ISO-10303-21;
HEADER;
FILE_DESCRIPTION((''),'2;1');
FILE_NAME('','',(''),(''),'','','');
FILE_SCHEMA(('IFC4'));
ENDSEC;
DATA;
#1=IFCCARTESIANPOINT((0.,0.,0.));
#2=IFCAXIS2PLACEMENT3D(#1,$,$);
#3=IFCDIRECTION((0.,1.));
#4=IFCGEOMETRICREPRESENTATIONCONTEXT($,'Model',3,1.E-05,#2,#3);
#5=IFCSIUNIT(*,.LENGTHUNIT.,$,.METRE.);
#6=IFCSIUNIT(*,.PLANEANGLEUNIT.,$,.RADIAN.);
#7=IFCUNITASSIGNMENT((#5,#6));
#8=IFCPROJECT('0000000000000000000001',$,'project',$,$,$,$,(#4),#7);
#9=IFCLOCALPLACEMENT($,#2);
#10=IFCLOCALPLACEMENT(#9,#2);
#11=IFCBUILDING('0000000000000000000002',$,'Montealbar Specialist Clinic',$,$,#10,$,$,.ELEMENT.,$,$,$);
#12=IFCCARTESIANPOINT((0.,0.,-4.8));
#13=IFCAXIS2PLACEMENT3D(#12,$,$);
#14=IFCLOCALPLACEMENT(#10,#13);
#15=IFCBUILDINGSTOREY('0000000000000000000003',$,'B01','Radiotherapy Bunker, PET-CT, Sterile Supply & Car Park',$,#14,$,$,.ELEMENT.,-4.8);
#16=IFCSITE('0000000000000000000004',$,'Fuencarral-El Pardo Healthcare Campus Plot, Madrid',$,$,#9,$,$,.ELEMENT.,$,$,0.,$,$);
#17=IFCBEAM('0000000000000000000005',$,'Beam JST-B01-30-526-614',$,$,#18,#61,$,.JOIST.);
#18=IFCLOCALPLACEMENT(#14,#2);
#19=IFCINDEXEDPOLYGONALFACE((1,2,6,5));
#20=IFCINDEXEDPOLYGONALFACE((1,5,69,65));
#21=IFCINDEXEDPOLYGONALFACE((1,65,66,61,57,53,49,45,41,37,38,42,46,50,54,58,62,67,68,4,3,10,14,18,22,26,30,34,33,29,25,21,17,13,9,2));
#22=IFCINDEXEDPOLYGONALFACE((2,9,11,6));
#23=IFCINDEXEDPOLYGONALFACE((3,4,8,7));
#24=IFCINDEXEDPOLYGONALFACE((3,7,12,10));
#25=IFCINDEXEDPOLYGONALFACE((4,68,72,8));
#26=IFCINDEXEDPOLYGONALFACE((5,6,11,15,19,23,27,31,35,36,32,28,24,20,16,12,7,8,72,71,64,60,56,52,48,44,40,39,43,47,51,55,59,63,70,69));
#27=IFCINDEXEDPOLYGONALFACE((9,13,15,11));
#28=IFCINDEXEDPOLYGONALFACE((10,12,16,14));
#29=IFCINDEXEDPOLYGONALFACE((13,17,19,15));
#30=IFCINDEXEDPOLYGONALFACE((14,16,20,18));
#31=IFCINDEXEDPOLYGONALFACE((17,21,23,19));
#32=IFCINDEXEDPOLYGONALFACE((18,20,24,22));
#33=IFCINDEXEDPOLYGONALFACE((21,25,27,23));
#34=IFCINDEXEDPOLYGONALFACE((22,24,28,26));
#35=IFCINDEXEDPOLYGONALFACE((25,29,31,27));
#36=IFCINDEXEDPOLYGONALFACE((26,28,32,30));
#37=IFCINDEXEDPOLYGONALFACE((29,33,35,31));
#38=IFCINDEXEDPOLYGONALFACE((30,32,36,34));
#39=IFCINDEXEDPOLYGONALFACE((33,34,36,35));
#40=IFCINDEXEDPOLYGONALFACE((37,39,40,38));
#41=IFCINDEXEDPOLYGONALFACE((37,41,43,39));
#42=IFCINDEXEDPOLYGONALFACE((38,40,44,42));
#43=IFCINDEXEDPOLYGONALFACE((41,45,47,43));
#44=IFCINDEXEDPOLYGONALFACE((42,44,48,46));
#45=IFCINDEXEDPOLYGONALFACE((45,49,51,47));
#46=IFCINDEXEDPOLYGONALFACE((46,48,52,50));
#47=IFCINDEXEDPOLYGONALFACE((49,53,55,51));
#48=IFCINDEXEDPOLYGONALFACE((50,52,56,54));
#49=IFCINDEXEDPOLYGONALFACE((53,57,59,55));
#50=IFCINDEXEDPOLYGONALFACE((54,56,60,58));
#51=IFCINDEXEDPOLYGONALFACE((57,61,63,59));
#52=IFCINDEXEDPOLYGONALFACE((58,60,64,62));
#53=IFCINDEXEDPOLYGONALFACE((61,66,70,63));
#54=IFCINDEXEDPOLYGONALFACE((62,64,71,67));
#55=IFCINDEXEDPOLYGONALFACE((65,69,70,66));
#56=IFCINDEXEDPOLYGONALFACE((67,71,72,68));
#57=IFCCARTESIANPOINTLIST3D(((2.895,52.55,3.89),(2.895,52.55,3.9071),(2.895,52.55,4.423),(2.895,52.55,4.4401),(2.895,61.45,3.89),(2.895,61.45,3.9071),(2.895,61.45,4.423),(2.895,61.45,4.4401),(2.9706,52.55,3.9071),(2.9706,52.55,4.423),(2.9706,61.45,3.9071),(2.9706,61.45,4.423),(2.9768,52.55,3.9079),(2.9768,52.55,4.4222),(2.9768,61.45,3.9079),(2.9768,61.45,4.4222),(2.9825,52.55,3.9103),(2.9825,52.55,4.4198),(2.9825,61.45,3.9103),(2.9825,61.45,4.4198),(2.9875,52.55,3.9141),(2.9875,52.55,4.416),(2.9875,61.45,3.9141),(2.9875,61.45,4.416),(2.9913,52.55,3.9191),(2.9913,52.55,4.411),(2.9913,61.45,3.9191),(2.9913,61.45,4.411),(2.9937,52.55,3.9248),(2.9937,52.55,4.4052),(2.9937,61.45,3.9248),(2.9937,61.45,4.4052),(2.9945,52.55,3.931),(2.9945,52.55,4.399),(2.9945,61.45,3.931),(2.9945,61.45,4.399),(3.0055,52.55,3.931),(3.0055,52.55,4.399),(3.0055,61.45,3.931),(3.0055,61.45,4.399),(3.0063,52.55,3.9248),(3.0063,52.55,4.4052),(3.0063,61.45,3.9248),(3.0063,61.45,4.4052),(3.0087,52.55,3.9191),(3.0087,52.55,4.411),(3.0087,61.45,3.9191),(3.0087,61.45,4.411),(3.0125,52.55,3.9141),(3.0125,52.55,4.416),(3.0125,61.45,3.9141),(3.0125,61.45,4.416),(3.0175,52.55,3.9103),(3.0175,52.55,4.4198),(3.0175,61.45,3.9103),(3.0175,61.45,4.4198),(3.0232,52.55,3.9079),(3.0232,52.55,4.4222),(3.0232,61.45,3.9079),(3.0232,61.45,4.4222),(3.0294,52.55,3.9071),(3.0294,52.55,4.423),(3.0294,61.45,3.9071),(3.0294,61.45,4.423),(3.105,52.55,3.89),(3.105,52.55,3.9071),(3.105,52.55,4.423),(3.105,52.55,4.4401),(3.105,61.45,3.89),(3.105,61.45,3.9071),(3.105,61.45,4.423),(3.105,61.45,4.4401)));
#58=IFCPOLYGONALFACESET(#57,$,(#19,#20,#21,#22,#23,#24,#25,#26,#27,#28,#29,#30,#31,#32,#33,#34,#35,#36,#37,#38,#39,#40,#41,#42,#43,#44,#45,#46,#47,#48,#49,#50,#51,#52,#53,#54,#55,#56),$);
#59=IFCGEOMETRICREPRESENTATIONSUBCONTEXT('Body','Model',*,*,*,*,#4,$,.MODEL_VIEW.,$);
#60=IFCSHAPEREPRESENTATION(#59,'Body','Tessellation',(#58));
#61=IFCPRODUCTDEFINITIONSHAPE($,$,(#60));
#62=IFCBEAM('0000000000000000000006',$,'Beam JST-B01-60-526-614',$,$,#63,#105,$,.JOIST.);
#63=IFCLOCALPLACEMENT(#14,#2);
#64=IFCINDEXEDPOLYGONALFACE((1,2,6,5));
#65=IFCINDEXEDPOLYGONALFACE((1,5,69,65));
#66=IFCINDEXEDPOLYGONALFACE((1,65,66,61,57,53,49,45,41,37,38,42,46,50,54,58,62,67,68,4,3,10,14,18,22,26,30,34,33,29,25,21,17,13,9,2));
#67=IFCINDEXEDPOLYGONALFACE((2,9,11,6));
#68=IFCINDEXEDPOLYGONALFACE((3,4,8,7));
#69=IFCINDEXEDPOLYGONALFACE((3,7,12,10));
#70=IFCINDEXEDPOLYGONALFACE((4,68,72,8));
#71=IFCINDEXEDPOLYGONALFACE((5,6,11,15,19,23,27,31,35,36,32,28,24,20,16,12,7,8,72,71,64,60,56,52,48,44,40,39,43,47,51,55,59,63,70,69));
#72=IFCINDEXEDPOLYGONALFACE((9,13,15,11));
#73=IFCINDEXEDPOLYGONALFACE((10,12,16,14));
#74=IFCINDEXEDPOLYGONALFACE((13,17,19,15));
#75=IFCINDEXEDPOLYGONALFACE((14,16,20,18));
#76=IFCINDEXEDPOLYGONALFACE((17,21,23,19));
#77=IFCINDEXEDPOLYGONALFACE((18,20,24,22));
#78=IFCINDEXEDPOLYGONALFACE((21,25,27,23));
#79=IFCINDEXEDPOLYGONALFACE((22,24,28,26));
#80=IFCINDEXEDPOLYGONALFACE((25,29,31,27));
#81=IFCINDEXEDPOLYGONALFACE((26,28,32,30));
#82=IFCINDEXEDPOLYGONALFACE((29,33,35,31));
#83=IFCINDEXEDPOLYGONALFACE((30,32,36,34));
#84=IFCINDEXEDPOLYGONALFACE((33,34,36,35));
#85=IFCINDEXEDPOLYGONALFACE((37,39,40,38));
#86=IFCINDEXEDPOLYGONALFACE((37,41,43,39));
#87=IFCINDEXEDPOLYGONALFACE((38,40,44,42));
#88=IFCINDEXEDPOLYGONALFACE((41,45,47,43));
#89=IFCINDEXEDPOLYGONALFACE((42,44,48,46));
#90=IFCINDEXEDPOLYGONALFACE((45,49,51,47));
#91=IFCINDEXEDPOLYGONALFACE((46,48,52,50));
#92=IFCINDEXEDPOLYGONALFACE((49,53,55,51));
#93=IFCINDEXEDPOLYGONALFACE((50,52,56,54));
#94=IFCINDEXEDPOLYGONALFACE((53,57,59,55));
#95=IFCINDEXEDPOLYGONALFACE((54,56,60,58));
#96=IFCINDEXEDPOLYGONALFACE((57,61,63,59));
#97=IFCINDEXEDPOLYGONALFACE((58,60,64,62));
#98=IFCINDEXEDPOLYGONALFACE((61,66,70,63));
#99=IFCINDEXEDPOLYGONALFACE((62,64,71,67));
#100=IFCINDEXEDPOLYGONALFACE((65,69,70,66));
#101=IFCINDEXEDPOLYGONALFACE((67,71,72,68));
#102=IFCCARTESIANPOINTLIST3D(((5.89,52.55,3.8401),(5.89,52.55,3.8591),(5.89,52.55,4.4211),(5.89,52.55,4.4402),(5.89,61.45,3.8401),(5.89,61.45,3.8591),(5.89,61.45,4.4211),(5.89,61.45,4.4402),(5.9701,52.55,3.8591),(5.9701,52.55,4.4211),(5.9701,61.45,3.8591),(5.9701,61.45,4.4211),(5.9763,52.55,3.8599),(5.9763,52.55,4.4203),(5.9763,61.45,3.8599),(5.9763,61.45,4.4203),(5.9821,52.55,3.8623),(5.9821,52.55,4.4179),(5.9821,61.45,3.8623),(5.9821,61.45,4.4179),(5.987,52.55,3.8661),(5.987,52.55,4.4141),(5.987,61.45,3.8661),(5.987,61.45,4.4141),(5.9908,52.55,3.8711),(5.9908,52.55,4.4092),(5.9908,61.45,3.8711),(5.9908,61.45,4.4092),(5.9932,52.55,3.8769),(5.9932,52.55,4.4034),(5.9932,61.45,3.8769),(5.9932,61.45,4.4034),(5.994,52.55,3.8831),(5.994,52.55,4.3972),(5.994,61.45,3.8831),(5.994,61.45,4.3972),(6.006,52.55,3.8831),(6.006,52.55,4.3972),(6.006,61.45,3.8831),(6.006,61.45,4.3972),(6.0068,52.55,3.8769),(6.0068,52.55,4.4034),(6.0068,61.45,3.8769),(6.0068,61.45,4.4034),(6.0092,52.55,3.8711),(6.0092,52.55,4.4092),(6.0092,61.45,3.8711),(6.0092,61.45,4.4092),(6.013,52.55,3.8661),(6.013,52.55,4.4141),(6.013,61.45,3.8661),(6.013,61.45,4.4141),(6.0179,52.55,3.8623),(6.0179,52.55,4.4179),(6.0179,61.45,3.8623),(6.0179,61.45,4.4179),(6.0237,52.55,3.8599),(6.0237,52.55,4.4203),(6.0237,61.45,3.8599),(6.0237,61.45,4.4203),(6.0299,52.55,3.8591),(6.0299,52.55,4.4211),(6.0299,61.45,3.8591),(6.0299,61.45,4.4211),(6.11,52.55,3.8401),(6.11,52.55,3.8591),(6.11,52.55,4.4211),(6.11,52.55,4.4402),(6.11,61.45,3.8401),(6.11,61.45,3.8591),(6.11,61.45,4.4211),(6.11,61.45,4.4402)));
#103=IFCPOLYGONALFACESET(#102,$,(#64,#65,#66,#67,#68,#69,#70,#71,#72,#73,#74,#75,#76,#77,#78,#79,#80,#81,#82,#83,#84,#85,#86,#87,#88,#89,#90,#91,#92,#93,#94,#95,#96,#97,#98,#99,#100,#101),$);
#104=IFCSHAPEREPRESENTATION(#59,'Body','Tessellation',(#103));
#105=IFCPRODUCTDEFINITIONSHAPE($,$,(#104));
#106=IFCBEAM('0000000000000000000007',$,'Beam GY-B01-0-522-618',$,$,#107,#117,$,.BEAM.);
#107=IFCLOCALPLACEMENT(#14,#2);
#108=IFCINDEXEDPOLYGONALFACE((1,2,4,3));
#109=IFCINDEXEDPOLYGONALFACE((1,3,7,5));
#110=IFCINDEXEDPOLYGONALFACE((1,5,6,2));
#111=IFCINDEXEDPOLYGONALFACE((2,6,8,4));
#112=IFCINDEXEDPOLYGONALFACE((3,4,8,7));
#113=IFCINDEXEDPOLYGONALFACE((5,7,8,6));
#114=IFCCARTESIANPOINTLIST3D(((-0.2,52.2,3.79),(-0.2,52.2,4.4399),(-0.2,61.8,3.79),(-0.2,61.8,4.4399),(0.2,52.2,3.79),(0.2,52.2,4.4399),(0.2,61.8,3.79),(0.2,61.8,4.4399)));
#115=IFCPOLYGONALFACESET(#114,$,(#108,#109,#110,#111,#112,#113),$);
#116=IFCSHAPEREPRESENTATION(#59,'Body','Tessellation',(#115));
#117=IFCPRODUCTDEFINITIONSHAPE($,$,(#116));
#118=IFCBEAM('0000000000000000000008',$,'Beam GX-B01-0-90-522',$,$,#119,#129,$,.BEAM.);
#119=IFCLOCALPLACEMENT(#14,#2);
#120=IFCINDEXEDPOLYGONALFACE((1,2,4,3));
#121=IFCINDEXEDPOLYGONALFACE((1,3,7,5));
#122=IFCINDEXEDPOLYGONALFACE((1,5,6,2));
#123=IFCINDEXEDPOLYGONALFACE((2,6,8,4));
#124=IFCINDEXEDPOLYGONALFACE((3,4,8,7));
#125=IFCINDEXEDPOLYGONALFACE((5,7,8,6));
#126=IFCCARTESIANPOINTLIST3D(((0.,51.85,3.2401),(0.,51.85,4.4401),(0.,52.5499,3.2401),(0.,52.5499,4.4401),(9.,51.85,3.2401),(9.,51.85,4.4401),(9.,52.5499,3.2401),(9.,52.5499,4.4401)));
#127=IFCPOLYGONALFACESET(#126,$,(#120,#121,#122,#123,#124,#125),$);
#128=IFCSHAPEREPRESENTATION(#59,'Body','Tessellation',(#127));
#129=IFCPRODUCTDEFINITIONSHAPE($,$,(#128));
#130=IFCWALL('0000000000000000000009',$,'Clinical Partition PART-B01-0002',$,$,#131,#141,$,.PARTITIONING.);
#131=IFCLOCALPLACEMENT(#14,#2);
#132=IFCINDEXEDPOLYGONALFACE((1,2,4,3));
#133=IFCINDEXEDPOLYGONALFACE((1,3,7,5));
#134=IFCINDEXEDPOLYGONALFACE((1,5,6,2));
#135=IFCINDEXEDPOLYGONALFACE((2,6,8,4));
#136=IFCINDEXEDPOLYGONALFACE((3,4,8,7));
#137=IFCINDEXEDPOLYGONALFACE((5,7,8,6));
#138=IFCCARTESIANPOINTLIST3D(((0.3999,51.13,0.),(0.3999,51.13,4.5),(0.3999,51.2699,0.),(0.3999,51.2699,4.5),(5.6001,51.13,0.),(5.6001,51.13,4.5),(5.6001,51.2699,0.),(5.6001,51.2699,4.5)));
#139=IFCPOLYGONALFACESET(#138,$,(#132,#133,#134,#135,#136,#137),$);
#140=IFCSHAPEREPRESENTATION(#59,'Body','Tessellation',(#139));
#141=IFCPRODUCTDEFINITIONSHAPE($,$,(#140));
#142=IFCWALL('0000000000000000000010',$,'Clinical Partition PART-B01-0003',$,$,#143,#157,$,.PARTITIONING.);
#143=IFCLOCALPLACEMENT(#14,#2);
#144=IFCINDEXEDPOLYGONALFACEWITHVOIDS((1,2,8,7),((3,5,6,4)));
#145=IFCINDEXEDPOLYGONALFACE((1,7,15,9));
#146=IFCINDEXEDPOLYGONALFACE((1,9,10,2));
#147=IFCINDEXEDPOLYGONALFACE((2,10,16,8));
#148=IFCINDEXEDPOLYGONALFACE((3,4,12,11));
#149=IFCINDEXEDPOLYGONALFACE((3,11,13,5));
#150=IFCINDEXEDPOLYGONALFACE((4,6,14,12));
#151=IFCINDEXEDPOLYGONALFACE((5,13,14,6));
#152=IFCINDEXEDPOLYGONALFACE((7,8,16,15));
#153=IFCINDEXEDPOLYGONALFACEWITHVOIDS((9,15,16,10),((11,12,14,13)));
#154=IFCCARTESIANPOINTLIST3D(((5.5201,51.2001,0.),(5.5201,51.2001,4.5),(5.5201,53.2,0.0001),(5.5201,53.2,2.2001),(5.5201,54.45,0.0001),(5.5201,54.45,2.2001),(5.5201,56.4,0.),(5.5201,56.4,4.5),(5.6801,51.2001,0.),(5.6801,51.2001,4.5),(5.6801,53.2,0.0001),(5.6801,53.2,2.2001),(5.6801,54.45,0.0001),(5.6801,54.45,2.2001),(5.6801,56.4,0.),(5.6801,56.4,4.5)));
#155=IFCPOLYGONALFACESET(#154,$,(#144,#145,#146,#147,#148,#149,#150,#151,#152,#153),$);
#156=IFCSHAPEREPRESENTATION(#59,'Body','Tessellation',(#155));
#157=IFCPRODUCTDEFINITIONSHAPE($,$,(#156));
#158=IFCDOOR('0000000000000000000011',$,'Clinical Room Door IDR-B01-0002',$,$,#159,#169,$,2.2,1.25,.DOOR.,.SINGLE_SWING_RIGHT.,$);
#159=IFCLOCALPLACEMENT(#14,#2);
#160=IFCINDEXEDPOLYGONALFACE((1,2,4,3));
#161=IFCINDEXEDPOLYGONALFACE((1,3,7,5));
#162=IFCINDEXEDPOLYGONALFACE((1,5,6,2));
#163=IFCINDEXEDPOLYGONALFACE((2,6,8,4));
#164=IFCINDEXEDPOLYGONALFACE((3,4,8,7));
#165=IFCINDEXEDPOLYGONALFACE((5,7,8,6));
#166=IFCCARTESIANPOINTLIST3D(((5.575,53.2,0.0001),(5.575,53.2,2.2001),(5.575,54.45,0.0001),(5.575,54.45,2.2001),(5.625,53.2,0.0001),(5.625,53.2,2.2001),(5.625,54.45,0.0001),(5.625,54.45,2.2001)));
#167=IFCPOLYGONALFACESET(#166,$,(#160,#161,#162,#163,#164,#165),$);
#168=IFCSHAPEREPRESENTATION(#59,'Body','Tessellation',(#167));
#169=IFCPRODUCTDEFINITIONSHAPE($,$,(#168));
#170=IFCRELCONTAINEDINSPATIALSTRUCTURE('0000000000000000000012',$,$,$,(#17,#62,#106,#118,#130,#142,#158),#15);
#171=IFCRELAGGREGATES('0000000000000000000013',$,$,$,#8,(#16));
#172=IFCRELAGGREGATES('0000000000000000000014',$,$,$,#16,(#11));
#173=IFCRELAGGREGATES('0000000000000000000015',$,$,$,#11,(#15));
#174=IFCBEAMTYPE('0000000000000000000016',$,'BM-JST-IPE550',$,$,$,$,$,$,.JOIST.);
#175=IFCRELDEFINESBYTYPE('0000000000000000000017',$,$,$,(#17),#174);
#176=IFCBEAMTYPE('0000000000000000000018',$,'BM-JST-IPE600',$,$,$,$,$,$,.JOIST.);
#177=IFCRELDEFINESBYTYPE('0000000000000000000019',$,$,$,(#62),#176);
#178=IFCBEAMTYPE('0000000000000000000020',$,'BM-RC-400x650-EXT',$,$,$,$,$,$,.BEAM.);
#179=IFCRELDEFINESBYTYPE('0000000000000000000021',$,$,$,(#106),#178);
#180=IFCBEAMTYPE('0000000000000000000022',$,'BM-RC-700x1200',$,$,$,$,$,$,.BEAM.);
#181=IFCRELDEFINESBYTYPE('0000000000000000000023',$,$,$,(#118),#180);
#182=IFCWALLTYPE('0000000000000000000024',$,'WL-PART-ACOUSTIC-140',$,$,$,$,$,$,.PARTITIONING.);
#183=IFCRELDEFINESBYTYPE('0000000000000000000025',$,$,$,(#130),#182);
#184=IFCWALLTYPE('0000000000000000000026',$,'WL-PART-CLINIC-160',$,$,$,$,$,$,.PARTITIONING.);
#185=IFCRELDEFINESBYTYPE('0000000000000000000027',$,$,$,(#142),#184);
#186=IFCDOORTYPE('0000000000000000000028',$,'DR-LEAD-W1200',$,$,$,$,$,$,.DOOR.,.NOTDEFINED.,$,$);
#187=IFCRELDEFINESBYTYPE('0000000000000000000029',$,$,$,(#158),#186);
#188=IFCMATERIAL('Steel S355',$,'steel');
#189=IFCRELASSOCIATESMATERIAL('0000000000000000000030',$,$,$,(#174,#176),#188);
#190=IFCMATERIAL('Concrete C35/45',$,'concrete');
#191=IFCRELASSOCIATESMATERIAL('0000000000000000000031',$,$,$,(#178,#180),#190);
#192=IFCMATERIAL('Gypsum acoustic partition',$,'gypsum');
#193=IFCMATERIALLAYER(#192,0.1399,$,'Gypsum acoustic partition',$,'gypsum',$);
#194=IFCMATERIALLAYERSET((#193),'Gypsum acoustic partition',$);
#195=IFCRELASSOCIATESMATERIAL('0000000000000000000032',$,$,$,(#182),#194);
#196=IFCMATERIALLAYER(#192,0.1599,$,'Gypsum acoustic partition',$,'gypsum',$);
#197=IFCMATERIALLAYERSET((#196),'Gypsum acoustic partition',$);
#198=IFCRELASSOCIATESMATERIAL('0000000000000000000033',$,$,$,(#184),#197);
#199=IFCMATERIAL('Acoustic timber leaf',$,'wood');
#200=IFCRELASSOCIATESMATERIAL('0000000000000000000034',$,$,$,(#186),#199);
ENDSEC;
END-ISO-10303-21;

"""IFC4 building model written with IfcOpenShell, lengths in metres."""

from ifc_helpers import new_model, si_unit, direction, frame, frame_2d, origin, origin_2d, place, context, subcontext, project, spatial, rectangle, i_section, extrude, material, layer, layer_set, material_profile, profile_set, type_object, element, fill, save


model = new_model("IFC4")

# Units and contexts
model_context = context("Model", 3, precision=1e-05, world=origin(), true_north=direction((0.0, 1.0)))
body_context = subcontext(model_context, "Body", "Model", "MODEL_VIEW")
ifc_project = project(units=[si_unit("LENGTHUNIT", "METRE"), si_unit("PLANEANGLEUNIT", "RADIAN")], contexts=[model_context])

# Site, building, storey
site_placement = place(None, origin())
site = spatial("IfcSite", under=ifc_project, at=site_placement, Name="Fuencarral-El Pardo Healthcare Campus Plot, Madrid", CompositionType="ELEMENT", RefElevation=0.0)
building_placement = place(site_placement, origin())
building = spatial("IfcBuilding", under=site, at=building_placement, Name="Montealbar Specialist Clinic", CompositionType="ELEMENT")
storey_placement = place(building_placement, frame((0.0, 0.0, -4.8)))
storey = spatial("IfcBuildingStorey", under=building, at=storey_placement, Name="B01", Description="Radiotherapy Bunker, PET-CT, Sterile Supply & Car Park", CompositionType="ELEMENT", Elevation=-4.8)

# Shared definitions
ifc_material_1 = material(Name="Concrete C35/45", Category="concrete")

# Beams
ifc_material_2 = material(Name="Steel S355", Category="steel")
ifc_material_profile_1 = material_profile(ifc_material_2, i_section(OverallWidth=0.21, OverallDepth=0.55, WebThickness=0.011, FlangeThickness=0.0171, FilletRadius=0.0239, at=origin_2d()), Name="IPE 550", Category="steel")
ifc_profile_set_1 = profile_set([ifc_material_profile_1], Name="Steel S355")
beam_type_1 = type_object("IfcBeamType", Name="BM-JST-IPE550", PredefinedType="JOIST", material=ifc_profile_set_1)
beam_1_placement = place(storey_placement, frame((3.0, 52.55, 4.165), z_axis=(0.0, 1.0, 0.0), x_axis=(-1.0, 0.0, 0.0)))
element("IfcBeam", 1, at=beam_1_placement, inside=storey, type_object=beam_type_1, Name="Beam JST-B01-30-526-614", PredefinedType="JOIST", context=body_context, shape_type="SweptSolid", body=[
    extrude(i_section(OverallWidth=0.21, OverallDepth=0.55, WebThickness=0.011, FlangeThickness=0.0171, FilletRadius=0.0239, at=origin_2d()), origin(), (0.0, 0.0, 1.0), 8.8999),
])
ifc_material_profile_2 = material_profile(ifc_material_2, i_section(OverallWidth=0.22, OverallDepth=0.6001, WebThickness=0.012, FlangeThickness=0.019, FilletRadius=0.0239, at=origin_2d()), Name="IPE 600", Category="steel")
ifc_profile_set_2 = profile_set([ifc_material_profile_2], Name="Steel S355")
beam_type_2 = type_object("IfcBeamType", Name="BM-JST-IPE600", PredefinedType="JOIST", material=ifc_profile_set_2)
beam_2_placement = place(storey_placement, frame((6.0, 52.55, 4.1401), z_axis=(0.0, 1.0, 0.0), x_axis=(-1.0, 0.0, 0.0)))
element("IfcBeam", 2, at=beam_2_placement, inside=storey, type_object=beam_type_2, Name="Beam JST-B01-60-526-614", PredefinedType="JOIST", context=body_context, shape_type="SweptSolid", body=[
    extrude(i_section(OverallWidth=0.22, OverallDepth=0.6001, WebThickness=0.012, FlangeThickness=0.019, FilletRadius=0.0239, at=origin_2d()), origin(), (0.0, 0.0, 1.0), 8.8999),
])
ifc_material_profile_3 = material_profile(ifc_material_1, rectangle(XDim=0.3999, YDim=0.6499, at=origin_2d()), Name="RC 400x650", Category="concrete")
ifc_profile_set_3 = profile_set([ifc_material_profile_3], Name="Concrete C35/45")
beam_type_3 = type_object("IfcBeamType", Name="BM-RC-400x650-EXT", PredefinedType="BEAM", material=ifc_profile_set_3)
beam_3_placement = place(storey_placement, frame((0.0, 52.2, 4.115), z_axis=(0.0, 1.0, 0.0), x_axis=(-1.0, 0.0, 0.0)))
element("IfcBeam", 3, at=beam_3_placement, inside=storey, type_object=beam_type_3, Name="Beam GY-B01-0-522-618", PredefinedType="BEAM", context=body_context, shape_type="SweptSolid", body=[
    extrude(rectangle(XDim=0.3999, YDim=0.6499, at=origin_2d()), origin(), (0.0, 0.0, 1.0), 9.6001),
])
ifc_material_profile_4 = material_profile(ifc_material_1, rectangle(XDim=0.7, YDim=1.2, at=origin_2d()), Name="RC 700x1200", Category="concrete")
ifc_profile_set_4 = profile_set([ifc_material_profile_4], Name="Concrete C35/45")
beam_type_4 = type_object("IfcBeamType", Name="BM-RC-700x1200", PredefinedType="BEAM", material=ifc_profile_set_4)
beam_4_placement = place(storey_placement, frame((0.0, 52.2, 3.8401), z_axis=(1.0, 0.0, 0.0), x_axis=(0.0, 1.0, 0.0)))
element("IfcBeam", 4, at=beam_4_placement, inside=storey, type_object=beam_type_4, Name="Beam GX-B01-0-90-522", PredefinedType="BEAM", context=body_context, shape_type="SweptSolid", body=[
    extrude(rectangle(XDim=0.7, YDim=1.2, at=origin_2d()), origin(), (0.0, 0.0, 1.0), 9.0),
])

# Wall
ifc_material_3 = material(Name="Gypsum acoustic partition", Category="gypsum")
ifc_layer_1 = layer(ifc_material_3, 0.1399, Name="Gypsum acoustic partition", Category="gypsum")
ifc_layer_set_1 = layer_set([ifc_layer_1], Name="Gypsum acoustic partition")
wall_type_1 = type_object("IfcWallType", Name="WL-PART-ACOUSTIC-140", PredefinedType="PARTITIONING", material=ifc_layer_set_1)
wall_1_placement = place(storey_placement, frame((0.3999, 51.2, 0.0), z_axis=(0.0, 0.0, 1.0), x_axis=(1.0, 0.0, 0.0)))
element("IfcWall", 5, at=wall_1_placement, inside=storey, type_object=wall_type_1, Name="Clinical Partition PART-B01-0002", PredefinedType="PARTITIONING", context=body_context, shape_type="SweptSolid", body=[
    extrude(rectangle(XDim=5.2002, YDim=0.1399, at=frame_2d((2.6001, 0.0))), origin(), (0.0, 0.0, 1.0), 4.5),
])

# Wall, opening, door
ifc_layer_2 = layer(ifc_material_3, 0.1599, Name="Gypsum acoustic partition", Category="gypsum")
ifc_layer_set_2 = layer_set([ifc_layer_2], Name="Gypsum acoustic partition")
wall_type_2 = type_object("IfcWallType", Name="WL-PART-CLINIC-160", PredefinedType="PARTITIONING", material=ifc_layer_set_2)
wall_2_placement = place(storey_placement, frame((5.6001, 51.2, 0.0), z_axis=(0.0, 0.0, 1.0), x_axis=(0.0, 1.0, 0.0)))
wall_2 = element("IfcWall", 6, at=wall_2_placement, inside=storey, type_object=wall_type_2, Name="Clinical Partition PART-B01-0003", PredefinedType="PARTITIONING", context=body_context, shape_type="SweptSolid", body=[
    extrude(rectangle(XDim=5.2, YDim=0.1599, at=frame_2d((2.6001, 0.0))), origin(), (0.0, 0.0, 1.0), 4.5),
])
opening_1_placement = place(wall_2_placement, frame((2.0, 0.0, 0.0)))
opening_1 = element("IfcOpeningElement", 7, at=opening_1_placement, cuts=wall_2, PredefinedType="OPENING", context=body_context, shape_type="SweptSolid", body=[
    extrude(rectangle(XDim=1.25, YDim=2.2, at=frame_2d((0.625, 1.1001))), frame((0.0, 0.0898, 0.0), z_axis=(0.0, -1.0, 0.0), x_axis=(1.0, 0.0, 0.0)), (0.0, 0.0, 1.0), 0.1799),
])
ifc_material_4 = material(Name="Acoustic timber leaf", Category="wood")
door_type_1 = type_object("IfcDoorType", Name="DR-LEAD-W1200", OperationType="NOTDEFINED", PredefinedType="DOOR", material=ifc_material_4)
door_1_placement = place(opening_1_placement, frame((1.25, 0.0, 0.0), z_axis=(0.0, 0.0, 1.0), x_axis=(-1.0, 0.0, 0.0)))
door_1 = element("IfcDoor", 8, at=door_1_placement, inside=storey, type_object=door_type_1, Name="Clinical Room Door IDR-B01-0002", OperationType="SINGLE_SWING_RIGHT", OverallHeight=2.2, OverallWidth=1.25, PredefinedType="DOOR", context=body_context, shape_type="SweptSolid", body=[
    extrude(rectangle(XDim=1.25, YDim=2.2, at=frame_2d((0.625, 1.1001))), frame((0.0, 0.0249, 0.0), z_axis=(0.0, -1.0, 0.0), x_axis=(1.0, 0.0, 0.0)), (0.0, 0.0, 1.0), 0.05),
])
fill(opening_1, door_1)

save(model, "model.ifc")
